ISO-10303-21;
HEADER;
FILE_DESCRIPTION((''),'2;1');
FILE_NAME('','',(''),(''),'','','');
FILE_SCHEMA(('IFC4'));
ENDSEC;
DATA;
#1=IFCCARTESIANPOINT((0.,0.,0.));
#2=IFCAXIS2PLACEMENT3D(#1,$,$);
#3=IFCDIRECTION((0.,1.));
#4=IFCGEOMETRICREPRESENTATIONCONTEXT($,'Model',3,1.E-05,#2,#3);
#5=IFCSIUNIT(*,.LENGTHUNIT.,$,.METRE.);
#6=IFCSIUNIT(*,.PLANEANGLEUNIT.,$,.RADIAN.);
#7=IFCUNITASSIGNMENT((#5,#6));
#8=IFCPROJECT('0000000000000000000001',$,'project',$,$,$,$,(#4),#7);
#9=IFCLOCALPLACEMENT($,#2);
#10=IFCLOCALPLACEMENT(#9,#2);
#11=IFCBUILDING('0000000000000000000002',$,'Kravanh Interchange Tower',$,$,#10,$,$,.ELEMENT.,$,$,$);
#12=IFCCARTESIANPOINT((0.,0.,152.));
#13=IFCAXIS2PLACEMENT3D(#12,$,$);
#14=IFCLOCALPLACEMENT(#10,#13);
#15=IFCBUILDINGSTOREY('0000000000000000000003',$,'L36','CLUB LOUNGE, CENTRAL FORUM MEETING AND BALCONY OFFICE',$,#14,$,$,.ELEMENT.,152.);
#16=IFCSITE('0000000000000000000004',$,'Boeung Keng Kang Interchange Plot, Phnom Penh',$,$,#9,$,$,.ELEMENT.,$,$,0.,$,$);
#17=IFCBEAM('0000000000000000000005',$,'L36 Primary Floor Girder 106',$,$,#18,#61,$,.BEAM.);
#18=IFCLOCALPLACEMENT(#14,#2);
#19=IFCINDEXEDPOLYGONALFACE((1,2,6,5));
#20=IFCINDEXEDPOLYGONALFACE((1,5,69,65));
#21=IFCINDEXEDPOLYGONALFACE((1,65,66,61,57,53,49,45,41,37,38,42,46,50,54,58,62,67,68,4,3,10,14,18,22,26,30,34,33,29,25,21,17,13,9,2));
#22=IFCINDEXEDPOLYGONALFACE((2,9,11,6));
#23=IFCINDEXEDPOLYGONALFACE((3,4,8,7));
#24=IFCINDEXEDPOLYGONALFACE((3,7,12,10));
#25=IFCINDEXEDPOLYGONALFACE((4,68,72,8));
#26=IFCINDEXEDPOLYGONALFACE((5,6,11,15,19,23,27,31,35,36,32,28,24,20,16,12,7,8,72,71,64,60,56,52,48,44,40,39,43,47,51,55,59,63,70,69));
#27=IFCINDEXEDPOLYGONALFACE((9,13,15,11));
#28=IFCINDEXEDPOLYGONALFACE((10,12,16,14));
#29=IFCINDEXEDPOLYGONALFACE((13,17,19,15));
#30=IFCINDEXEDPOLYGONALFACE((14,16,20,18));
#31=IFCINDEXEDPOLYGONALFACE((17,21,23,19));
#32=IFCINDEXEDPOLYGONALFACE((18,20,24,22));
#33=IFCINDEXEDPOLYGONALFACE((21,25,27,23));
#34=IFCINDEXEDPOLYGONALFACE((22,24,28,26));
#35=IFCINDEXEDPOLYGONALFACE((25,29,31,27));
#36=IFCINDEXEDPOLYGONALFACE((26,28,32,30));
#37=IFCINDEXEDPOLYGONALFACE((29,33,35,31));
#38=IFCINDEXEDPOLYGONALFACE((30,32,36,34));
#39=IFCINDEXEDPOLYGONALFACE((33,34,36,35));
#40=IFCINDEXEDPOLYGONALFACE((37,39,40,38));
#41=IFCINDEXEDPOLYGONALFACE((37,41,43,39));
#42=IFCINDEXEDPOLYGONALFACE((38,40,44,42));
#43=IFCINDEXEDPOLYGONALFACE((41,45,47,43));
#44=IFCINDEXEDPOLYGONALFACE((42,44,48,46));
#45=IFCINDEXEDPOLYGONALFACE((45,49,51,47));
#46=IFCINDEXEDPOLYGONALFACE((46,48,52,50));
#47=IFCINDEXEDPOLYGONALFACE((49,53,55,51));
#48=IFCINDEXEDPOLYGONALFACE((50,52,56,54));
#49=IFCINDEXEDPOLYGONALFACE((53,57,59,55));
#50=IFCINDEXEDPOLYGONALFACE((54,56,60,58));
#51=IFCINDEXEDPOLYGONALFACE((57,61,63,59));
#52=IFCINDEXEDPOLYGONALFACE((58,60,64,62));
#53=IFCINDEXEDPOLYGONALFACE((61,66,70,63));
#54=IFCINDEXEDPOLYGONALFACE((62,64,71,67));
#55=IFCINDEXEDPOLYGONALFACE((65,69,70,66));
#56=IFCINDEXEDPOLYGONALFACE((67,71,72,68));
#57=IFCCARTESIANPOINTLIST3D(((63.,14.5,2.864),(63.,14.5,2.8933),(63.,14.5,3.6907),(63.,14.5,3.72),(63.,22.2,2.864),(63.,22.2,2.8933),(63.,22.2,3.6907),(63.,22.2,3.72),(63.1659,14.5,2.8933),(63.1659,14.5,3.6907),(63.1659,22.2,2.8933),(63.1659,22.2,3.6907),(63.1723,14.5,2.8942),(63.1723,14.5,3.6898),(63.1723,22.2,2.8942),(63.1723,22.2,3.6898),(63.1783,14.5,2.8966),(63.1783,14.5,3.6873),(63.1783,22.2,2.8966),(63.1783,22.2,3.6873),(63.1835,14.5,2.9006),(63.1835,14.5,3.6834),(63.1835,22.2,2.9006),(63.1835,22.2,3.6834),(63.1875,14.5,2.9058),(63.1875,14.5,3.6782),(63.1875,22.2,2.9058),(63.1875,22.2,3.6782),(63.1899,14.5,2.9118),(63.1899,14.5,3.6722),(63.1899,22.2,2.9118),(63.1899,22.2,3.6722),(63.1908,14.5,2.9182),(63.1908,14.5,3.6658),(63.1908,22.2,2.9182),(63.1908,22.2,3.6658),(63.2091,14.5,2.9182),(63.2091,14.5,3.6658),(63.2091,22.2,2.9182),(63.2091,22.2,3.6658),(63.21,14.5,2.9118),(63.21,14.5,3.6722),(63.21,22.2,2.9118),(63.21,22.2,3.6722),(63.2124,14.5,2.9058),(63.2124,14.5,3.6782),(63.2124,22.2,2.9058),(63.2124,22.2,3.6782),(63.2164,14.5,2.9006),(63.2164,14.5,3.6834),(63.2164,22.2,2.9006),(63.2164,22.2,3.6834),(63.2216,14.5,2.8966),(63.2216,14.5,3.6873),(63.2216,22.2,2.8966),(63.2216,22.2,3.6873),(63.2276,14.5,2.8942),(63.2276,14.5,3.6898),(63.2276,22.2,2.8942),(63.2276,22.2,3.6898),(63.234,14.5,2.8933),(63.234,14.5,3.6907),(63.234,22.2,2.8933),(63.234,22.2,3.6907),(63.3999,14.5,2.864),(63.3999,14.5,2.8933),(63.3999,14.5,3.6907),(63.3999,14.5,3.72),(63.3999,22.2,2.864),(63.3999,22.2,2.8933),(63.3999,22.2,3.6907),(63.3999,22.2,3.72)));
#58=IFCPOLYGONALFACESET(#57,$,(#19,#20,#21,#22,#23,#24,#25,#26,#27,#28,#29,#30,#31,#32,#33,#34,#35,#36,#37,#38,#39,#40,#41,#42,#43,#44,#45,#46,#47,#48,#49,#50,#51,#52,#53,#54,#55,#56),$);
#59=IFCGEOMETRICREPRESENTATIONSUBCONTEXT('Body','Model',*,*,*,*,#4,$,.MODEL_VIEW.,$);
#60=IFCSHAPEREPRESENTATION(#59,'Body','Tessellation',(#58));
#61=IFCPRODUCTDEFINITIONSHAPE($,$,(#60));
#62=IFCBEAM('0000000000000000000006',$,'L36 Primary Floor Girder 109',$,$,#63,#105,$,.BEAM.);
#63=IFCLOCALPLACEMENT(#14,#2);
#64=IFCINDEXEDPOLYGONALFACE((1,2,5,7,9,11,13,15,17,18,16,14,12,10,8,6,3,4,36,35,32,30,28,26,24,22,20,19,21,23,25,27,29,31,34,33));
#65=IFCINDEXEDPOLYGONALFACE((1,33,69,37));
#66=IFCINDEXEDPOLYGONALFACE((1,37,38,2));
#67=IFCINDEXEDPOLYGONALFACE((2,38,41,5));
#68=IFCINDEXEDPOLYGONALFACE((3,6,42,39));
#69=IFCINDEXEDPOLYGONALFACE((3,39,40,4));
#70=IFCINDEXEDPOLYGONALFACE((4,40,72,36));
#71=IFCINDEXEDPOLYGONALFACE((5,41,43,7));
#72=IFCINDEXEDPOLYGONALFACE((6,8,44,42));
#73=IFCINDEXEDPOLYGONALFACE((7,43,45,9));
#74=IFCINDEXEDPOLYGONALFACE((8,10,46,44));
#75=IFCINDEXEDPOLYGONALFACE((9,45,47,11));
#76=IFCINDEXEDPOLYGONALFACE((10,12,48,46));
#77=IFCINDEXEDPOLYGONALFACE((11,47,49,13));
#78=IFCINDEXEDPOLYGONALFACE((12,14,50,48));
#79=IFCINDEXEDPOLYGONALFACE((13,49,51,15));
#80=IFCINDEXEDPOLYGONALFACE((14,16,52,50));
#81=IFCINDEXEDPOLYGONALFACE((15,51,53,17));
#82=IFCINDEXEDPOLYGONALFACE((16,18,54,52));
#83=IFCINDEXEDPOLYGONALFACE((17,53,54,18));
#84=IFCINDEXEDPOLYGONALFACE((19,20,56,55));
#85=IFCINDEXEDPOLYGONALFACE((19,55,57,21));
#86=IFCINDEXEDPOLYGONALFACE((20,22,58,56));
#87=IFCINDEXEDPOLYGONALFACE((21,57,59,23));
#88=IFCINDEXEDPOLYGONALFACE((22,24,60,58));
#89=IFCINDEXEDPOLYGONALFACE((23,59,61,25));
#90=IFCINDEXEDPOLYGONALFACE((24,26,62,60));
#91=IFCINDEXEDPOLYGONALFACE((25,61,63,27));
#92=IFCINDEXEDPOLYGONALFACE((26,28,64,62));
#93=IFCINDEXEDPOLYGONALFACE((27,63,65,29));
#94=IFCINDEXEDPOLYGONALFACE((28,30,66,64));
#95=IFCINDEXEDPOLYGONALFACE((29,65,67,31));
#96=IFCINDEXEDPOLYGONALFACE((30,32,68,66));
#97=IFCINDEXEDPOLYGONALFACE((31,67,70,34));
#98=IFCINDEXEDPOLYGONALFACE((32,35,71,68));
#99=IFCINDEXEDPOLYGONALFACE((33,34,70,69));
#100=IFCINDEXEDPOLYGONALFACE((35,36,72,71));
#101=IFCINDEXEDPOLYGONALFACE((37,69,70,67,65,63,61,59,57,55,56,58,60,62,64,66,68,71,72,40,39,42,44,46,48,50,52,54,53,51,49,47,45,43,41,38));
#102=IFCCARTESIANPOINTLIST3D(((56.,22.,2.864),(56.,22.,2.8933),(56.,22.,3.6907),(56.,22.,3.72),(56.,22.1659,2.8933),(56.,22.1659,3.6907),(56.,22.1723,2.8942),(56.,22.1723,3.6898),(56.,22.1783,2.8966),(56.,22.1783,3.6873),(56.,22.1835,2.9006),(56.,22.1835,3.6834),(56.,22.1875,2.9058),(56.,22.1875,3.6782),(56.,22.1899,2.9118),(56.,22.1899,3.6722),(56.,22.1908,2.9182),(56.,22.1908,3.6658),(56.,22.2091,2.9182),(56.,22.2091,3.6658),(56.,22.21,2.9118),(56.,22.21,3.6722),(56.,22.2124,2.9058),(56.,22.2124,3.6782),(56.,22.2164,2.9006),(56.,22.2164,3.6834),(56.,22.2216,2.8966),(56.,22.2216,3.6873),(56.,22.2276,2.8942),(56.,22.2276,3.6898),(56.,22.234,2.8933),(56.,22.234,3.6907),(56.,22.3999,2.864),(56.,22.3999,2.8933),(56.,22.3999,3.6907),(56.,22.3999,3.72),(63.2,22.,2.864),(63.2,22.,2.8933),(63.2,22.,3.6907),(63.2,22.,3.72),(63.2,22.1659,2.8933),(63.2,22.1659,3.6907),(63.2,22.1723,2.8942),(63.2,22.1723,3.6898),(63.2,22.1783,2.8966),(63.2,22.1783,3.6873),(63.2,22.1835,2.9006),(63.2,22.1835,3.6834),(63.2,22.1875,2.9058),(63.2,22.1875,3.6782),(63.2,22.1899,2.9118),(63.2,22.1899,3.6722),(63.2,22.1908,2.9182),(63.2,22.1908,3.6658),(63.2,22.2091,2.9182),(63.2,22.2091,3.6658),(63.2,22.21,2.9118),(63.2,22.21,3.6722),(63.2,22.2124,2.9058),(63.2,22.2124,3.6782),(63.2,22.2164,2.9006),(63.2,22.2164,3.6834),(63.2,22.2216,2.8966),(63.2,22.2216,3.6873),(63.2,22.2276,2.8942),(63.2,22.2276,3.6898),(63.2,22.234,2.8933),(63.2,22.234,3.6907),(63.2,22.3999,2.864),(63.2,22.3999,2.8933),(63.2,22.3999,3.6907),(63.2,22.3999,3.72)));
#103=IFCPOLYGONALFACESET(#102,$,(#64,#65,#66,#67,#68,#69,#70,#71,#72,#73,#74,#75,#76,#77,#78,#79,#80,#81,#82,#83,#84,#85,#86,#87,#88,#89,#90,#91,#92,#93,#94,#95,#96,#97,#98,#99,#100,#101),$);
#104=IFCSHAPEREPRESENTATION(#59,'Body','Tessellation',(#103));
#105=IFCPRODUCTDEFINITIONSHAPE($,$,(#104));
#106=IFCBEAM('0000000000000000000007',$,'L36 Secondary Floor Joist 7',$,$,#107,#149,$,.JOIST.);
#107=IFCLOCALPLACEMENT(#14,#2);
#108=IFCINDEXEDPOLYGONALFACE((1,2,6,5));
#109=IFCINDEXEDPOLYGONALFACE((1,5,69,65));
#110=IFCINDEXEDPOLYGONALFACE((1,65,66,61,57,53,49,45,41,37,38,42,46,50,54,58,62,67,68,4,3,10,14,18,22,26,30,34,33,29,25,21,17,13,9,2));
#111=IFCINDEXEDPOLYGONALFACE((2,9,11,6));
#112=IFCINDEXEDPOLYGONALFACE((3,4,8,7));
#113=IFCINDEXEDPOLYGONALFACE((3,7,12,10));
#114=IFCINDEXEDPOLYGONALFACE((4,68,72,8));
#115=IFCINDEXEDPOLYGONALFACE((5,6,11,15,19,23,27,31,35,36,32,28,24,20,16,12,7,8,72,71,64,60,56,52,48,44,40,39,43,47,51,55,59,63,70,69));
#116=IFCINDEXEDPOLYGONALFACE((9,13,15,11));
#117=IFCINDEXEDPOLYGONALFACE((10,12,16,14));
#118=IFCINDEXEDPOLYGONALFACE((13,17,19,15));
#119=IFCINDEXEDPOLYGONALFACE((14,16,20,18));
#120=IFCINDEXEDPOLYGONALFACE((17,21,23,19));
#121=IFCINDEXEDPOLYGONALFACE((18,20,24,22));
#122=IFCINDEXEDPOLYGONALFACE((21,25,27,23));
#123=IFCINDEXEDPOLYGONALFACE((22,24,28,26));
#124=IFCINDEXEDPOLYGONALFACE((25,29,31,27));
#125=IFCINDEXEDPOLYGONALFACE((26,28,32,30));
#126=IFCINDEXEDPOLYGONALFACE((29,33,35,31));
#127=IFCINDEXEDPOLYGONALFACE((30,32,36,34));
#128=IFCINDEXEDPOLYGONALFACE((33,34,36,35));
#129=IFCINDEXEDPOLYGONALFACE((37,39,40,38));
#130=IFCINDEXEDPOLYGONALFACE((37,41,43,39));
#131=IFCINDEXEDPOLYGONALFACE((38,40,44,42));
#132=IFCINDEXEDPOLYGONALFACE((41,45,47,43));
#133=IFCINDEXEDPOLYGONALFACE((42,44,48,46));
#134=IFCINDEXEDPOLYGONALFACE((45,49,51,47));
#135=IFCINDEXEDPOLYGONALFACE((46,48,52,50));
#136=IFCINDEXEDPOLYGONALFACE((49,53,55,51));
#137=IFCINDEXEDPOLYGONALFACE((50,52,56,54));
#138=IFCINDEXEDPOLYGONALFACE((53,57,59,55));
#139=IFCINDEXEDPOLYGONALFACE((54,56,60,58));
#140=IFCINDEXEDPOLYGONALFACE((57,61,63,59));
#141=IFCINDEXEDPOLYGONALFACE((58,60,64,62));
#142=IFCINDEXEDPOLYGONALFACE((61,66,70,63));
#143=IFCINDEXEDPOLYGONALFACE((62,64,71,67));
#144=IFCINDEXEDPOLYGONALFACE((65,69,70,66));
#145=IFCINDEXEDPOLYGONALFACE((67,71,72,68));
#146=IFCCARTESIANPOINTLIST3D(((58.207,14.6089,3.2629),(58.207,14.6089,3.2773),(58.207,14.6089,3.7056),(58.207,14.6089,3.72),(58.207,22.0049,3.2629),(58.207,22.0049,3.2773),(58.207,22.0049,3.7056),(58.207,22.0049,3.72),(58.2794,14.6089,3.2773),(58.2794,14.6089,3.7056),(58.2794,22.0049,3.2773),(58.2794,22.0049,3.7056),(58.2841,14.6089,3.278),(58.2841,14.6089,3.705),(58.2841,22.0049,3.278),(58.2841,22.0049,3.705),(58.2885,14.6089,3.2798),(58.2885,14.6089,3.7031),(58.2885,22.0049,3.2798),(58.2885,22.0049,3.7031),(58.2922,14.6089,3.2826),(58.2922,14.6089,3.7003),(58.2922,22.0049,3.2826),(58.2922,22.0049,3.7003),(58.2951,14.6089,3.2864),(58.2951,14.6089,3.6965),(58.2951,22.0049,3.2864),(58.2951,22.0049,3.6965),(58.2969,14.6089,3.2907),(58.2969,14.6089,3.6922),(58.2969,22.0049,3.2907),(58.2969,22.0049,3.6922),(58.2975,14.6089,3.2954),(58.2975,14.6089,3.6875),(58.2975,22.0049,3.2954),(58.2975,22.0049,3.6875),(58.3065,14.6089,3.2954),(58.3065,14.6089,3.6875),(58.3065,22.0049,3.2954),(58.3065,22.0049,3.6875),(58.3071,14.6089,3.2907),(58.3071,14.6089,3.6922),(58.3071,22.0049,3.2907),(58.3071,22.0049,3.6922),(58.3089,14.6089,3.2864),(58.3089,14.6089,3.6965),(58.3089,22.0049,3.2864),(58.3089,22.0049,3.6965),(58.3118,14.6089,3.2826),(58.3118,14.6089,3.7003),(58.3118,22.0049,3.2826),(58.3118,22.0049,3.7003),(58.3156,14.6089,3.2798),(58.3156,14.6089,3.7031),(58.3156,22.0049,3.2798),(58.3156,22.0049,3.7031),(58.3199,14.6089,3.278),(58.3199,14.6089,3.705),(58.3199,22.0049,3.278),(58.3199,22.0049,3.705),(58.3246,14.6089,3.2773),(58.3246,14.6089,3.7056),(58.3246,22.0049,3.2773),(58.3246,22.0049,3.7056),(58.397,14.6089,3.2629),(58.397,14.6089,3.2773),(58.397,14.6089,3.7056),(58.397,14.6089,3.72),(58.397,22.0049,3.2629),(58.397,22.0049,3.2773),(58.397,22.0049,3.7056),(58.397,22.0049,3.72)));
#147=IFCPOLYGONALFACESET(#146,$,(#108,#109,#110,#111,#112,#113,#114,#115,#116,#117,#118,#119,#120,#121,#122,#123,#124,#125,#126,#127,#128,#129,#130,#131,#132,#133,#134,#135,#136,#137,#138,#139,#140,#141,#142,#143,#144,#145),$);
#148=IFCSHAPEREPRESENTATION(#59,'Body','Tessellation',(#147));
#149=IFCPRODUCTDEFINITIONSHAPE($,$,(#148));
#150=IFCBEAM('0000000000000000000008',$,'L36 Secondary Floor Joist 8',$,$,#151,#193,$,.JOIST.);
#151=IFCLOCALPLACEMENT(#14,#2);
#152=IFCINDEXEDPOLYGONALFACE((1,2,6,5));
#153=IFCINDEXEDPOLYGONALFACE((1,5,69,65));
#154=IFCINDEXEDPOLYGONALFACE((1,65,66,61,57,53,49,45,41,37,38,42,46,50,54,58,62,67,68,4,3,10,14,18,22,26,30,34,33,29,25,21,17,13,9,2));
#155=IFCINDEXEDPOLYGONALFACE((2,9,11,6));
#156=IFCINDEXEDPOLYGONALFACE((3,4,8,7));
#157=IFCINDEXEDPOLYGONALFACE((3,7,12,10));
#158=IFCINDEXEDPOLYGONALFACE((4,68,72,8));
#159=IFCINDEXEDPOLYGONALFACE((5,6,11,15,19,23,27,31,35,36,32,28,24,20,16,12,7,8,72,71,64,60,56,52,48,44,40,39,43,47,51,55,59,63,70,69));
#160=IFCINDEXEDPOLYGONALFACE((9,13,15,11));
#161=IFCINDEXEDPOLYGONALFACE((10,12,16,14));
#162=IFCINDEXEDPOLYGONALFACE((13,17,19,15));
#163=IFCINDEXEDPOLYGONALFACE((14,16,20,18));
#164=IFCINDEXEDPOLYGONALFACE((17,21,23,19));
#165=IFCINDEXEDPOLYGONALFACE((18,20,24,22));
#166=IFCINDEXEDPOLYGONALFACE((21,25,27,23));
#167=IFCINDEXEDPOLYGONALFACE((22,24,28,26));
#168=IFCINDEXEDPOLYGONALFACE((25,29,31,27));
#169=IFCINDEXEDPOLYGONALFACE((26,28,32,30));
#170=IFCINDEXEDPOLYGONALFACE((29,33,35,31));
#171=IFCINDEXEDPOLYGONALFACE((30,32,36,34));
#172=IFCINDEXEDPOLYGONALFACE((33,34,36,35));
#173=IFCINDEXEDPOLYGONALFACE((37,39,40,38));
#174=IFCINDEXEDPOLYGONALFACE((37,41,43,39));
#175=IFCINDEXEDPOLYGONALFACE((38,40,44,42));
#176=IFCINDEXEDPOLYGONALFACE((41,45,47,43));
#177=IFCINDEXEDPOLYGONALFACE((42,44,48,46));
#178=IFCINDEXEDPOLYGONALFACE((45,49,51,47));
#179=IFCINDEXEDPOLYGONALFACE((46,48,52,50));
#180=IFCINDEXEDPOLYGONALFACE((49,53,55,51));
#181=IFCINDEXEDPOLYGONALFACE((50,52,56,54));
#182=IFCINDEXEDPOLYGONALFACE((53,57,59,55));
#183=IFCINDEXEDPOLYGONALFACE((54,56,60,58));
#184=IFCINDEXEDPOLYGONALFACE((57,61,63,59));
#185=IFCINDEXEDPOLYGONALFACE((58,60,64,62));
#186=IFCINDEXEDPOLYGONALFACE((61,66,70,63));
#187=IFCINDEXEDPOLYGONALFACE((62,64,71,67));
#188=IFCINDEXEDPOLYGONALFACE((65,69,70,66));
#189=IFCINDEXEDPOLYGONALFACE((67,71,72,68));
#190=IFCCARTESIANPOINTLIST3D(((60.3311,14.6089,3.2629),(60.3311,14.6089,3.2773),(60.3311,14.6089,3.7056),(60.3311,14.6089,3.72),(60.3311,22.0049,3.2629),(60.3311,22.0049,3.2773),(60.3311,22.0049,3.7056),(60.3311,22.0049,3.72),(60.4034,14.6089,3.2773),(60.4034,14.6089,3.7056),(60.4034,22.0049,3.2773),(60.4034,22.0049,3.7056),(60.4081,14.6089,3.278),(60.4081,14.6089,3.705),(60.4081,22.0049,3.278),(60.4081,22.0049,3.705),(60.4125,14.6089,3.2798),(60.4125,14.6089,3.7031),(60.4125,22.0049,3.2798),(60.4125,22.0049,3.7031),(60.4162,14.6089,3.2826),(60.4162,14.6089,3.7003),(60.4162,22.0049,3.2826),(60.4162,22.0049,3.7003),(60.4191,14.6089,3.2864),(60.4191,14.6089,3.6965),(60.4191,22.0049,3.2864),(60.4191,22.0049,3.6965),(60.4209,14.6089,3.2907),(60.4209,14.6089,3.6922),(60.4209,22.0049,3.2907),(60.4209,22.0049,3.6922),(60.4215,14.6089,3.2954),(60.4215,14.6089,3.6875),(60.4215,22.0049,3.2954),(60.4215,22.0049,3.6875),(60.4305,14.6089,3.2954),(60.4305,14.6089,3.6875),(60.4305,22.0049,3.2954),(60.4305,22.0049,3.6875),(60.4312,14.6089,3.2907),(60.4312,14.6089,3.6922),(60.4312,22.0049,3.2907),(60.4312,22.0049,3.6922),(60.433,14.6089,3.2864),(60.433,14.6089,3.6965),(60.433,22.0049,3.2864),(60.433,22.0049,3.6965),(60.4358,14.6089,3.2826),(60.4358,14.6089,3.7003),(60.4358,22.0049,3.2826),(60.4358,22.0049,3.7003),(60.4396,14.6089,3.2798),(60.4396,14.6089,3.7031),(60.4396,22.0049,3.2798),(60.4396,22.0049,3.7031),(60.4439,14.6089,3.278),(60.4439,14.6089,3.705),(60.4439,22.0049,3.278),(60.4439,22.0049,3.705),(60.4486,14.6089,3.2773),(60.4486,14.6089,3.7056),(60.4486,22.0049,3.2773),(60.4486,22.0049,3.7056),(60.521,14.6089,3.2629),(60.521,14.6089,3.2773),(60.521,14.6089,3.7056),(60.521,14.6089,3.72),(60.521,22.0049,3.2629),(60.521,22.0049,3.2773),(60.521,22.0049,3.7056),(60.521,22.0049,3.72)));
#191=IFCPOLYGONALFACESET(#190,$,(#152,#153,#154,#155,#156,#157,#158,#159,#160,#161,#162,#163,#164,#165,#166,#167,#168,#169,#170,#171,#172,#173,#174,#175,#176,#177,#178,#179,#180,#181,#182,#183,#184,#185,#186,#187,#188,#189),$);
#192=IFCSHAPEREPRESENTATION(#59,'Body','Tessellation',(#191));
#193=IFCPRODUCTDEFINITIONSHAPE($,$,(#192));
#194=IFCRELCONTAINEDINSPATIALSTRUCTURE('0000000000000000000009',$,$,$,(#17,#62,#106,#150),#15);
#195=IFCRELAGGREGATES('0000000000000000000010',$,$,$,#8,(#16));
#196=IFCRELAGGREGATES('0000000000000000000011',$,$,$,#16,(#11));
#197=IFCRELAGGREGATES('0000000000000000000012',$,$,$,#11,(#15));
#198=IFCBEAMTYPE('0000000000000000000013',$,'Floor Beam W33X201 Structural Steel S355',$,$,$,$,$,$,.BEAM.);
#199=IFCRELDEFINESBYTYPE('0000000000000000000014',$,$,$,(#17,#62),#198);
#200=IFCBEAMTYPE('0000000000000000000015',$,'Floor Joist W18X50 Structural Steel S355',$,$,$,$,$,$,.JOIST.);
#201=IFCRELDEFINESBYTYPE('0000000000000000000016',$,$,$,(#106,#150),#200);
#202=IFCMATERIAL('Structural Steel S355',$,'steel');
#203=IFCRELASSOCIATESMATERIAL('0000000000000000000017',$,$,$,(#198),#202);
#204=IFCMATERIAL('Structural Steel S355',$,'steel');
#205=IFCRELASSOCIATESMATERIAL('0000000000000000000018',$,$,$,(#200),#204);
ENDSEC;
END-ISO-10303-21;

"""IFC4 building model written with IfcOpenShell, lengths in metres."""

from ifc_helpers import new_model, si_unit, direction, frame, origin, origin_2d, place, context, subcontext, project, spatial, i_section, extrude, material, material_profile, profile_set, type_object, element, save


model = new_model("IFC4")

# Units and contexts
model_context = context("Model", 3, precision=1e-05, world=origin(), true_north=direction((0.0, 1.0)))
body_context = subcontext(model_context, "Body", "Model", "MODEL_VIEW")
ifc_project = project(units=[si_unit("LENGTHUNIT", "METRE"), si_unit("PLANEANGLEUNIT", "RADIAN")], contexts=[model_context])

# Site, building, storey
site_placement = place(None, origin())
site = spatial("IfcSite", under=ifc_project, at=site_placement, Name="Boeung Keng Kang Interchange Plot, Phnom Penh", CompositionType="ELEMENT", RefElevation=0.0)
building_placement = place(site_placement, origin())
building = spatial("IfcBuilding", under=site, at=building_placement, Name="Kravanh Interchange Tower", CompositionType="ELEMENT")
storey_placement = place(building_placement, frame((0.0, 0.0, 152.0)))
storey = spatial("IfcBuildingStorey", under=building, at=storey_placement, Name="L36", Description="CLUB LOUNGE, CENTRAL FORUM MEETING AND BALCONY OFFICE", CompositionType="ELEMENT", Elevation=152.0)

# Beams
ifc_material_1 = material(Name="Structural Steel S355", Category="steel")
ifc_material_profile_1 = material_profile(ifc_material_1, i_section(OverallWidth=0.3999, OverallDepth=0.856, WebThickness=0.0183, FlangeThickness=0.0293, FilletRadius=0.0249, at=origin_2d()), Name="W33X201")
ifc_profile_set_1 = profile_set([ifc_material_profile_1], Name="Structural Steel S355")
beam_type_1 = type_object("IfcBeamType", Name="Floor Beam W33X201 Structural Steel S355", PredefinedType="BEAM", material=ifc_profile_set_1)
beam_1_placement = place(storey_placement, frame((63.2, 14.5, 3.292), z_axis=(0.0, 1.0, 0.0), x_axis=(-1.0, 0.0, 0.0)))
element("IfcBeam", 1, at=beam_1_placement, inside=storey, type_object=beam_type_1, Name="L36 Primary Floor Girder 106", PredefinedType="BEAM", context=body_context, shape_type="SweptSolid", body=[
    extrude(i_section(OverallWidth=0.3999, OverallDepth=0.856, WebThickness=0.0183, FlangeThickness=0.0293, FilletRadius=0.0249, at=origin_2d()), origin(), (0.0, 0.0, 1.0), 7.7),
])
beam_2_placement = place(storey_placement, frame((56.0, 22.2, 3.292), z_axis=(1.0, 0.0, 0.0), x_axis=(0.0, 1.0, 0.0)))
element("IfcBeam", 2, at=beam_2_placement, inside=storey, type_object=beam_type_1, Name="L36 Primary Floor Girder 109", PredefinedType="BEAM", context=body_context, shape_type="SweptSolid", body=[
    extrude(i_section(OverallWidth=0.3999, OverallDepth=0.856, WebThickness=0.0183, FlangeThickness=0.0293, FilletRadius=0.0249, at=origin_2d()), origin(), (0.0, 0.0, 1.0), 7.2),
])
ifc_material_2 = material(Name="Structural Steel S355", Category="steel")
ifc_material_profile_2 = material_profile(ifc_material_2, i_section(OverallWidth=0.1899, OverallDepth=0.457, WebThickness=0.009, FlangeThickness=0.0144, FilletRadius=0.0181, at=origin_2d()), Name="W18X50")
ifc_profile_set_2 = profile_set([ifc_material_profile_2], Name="Structural Steel S355")
beam_type_2 = type_object("IfcBeamType", Name="Floor Joist W18X50 Structural Steel S355", PredefinedType="JOIST", material=ifc_profile_set_2)
for number, where, z_axis, x_axis, name in (
    (3, (58.302, 14.6089, 3.4915), (0.0, 1.0, 0.0), (-1.0, 0.0, 0.0), "L36 Secondary Floor Joist 7"),
    (4, (60.426, 14.6089, 3.4915), (0.0, 1.0, 0.0), (-1.0, 0.0, 0.0), "L36 Secondary Floor Joist 8"),
):
    element("IfcBeam", number, at=place(storey_placement, frame(where, z_axis=z_axis, x_axis=x_axis)), inside=storey, type_object=beam_type_2, Name=name, PredefinedType="JOIST", context=body_context, shape_type="SweptSolid", body=[
        extrude(i_section(OverallWidth=0.1899, OverallDepth=0.457, WebThickness=0.009, FlangeThickness=0.0144, FilletRadius=0.0181, at=origin_2d()), origin(), (0.0, 0.0, 1.0), 7.396),
    ])

save(model, "model.ifc")
